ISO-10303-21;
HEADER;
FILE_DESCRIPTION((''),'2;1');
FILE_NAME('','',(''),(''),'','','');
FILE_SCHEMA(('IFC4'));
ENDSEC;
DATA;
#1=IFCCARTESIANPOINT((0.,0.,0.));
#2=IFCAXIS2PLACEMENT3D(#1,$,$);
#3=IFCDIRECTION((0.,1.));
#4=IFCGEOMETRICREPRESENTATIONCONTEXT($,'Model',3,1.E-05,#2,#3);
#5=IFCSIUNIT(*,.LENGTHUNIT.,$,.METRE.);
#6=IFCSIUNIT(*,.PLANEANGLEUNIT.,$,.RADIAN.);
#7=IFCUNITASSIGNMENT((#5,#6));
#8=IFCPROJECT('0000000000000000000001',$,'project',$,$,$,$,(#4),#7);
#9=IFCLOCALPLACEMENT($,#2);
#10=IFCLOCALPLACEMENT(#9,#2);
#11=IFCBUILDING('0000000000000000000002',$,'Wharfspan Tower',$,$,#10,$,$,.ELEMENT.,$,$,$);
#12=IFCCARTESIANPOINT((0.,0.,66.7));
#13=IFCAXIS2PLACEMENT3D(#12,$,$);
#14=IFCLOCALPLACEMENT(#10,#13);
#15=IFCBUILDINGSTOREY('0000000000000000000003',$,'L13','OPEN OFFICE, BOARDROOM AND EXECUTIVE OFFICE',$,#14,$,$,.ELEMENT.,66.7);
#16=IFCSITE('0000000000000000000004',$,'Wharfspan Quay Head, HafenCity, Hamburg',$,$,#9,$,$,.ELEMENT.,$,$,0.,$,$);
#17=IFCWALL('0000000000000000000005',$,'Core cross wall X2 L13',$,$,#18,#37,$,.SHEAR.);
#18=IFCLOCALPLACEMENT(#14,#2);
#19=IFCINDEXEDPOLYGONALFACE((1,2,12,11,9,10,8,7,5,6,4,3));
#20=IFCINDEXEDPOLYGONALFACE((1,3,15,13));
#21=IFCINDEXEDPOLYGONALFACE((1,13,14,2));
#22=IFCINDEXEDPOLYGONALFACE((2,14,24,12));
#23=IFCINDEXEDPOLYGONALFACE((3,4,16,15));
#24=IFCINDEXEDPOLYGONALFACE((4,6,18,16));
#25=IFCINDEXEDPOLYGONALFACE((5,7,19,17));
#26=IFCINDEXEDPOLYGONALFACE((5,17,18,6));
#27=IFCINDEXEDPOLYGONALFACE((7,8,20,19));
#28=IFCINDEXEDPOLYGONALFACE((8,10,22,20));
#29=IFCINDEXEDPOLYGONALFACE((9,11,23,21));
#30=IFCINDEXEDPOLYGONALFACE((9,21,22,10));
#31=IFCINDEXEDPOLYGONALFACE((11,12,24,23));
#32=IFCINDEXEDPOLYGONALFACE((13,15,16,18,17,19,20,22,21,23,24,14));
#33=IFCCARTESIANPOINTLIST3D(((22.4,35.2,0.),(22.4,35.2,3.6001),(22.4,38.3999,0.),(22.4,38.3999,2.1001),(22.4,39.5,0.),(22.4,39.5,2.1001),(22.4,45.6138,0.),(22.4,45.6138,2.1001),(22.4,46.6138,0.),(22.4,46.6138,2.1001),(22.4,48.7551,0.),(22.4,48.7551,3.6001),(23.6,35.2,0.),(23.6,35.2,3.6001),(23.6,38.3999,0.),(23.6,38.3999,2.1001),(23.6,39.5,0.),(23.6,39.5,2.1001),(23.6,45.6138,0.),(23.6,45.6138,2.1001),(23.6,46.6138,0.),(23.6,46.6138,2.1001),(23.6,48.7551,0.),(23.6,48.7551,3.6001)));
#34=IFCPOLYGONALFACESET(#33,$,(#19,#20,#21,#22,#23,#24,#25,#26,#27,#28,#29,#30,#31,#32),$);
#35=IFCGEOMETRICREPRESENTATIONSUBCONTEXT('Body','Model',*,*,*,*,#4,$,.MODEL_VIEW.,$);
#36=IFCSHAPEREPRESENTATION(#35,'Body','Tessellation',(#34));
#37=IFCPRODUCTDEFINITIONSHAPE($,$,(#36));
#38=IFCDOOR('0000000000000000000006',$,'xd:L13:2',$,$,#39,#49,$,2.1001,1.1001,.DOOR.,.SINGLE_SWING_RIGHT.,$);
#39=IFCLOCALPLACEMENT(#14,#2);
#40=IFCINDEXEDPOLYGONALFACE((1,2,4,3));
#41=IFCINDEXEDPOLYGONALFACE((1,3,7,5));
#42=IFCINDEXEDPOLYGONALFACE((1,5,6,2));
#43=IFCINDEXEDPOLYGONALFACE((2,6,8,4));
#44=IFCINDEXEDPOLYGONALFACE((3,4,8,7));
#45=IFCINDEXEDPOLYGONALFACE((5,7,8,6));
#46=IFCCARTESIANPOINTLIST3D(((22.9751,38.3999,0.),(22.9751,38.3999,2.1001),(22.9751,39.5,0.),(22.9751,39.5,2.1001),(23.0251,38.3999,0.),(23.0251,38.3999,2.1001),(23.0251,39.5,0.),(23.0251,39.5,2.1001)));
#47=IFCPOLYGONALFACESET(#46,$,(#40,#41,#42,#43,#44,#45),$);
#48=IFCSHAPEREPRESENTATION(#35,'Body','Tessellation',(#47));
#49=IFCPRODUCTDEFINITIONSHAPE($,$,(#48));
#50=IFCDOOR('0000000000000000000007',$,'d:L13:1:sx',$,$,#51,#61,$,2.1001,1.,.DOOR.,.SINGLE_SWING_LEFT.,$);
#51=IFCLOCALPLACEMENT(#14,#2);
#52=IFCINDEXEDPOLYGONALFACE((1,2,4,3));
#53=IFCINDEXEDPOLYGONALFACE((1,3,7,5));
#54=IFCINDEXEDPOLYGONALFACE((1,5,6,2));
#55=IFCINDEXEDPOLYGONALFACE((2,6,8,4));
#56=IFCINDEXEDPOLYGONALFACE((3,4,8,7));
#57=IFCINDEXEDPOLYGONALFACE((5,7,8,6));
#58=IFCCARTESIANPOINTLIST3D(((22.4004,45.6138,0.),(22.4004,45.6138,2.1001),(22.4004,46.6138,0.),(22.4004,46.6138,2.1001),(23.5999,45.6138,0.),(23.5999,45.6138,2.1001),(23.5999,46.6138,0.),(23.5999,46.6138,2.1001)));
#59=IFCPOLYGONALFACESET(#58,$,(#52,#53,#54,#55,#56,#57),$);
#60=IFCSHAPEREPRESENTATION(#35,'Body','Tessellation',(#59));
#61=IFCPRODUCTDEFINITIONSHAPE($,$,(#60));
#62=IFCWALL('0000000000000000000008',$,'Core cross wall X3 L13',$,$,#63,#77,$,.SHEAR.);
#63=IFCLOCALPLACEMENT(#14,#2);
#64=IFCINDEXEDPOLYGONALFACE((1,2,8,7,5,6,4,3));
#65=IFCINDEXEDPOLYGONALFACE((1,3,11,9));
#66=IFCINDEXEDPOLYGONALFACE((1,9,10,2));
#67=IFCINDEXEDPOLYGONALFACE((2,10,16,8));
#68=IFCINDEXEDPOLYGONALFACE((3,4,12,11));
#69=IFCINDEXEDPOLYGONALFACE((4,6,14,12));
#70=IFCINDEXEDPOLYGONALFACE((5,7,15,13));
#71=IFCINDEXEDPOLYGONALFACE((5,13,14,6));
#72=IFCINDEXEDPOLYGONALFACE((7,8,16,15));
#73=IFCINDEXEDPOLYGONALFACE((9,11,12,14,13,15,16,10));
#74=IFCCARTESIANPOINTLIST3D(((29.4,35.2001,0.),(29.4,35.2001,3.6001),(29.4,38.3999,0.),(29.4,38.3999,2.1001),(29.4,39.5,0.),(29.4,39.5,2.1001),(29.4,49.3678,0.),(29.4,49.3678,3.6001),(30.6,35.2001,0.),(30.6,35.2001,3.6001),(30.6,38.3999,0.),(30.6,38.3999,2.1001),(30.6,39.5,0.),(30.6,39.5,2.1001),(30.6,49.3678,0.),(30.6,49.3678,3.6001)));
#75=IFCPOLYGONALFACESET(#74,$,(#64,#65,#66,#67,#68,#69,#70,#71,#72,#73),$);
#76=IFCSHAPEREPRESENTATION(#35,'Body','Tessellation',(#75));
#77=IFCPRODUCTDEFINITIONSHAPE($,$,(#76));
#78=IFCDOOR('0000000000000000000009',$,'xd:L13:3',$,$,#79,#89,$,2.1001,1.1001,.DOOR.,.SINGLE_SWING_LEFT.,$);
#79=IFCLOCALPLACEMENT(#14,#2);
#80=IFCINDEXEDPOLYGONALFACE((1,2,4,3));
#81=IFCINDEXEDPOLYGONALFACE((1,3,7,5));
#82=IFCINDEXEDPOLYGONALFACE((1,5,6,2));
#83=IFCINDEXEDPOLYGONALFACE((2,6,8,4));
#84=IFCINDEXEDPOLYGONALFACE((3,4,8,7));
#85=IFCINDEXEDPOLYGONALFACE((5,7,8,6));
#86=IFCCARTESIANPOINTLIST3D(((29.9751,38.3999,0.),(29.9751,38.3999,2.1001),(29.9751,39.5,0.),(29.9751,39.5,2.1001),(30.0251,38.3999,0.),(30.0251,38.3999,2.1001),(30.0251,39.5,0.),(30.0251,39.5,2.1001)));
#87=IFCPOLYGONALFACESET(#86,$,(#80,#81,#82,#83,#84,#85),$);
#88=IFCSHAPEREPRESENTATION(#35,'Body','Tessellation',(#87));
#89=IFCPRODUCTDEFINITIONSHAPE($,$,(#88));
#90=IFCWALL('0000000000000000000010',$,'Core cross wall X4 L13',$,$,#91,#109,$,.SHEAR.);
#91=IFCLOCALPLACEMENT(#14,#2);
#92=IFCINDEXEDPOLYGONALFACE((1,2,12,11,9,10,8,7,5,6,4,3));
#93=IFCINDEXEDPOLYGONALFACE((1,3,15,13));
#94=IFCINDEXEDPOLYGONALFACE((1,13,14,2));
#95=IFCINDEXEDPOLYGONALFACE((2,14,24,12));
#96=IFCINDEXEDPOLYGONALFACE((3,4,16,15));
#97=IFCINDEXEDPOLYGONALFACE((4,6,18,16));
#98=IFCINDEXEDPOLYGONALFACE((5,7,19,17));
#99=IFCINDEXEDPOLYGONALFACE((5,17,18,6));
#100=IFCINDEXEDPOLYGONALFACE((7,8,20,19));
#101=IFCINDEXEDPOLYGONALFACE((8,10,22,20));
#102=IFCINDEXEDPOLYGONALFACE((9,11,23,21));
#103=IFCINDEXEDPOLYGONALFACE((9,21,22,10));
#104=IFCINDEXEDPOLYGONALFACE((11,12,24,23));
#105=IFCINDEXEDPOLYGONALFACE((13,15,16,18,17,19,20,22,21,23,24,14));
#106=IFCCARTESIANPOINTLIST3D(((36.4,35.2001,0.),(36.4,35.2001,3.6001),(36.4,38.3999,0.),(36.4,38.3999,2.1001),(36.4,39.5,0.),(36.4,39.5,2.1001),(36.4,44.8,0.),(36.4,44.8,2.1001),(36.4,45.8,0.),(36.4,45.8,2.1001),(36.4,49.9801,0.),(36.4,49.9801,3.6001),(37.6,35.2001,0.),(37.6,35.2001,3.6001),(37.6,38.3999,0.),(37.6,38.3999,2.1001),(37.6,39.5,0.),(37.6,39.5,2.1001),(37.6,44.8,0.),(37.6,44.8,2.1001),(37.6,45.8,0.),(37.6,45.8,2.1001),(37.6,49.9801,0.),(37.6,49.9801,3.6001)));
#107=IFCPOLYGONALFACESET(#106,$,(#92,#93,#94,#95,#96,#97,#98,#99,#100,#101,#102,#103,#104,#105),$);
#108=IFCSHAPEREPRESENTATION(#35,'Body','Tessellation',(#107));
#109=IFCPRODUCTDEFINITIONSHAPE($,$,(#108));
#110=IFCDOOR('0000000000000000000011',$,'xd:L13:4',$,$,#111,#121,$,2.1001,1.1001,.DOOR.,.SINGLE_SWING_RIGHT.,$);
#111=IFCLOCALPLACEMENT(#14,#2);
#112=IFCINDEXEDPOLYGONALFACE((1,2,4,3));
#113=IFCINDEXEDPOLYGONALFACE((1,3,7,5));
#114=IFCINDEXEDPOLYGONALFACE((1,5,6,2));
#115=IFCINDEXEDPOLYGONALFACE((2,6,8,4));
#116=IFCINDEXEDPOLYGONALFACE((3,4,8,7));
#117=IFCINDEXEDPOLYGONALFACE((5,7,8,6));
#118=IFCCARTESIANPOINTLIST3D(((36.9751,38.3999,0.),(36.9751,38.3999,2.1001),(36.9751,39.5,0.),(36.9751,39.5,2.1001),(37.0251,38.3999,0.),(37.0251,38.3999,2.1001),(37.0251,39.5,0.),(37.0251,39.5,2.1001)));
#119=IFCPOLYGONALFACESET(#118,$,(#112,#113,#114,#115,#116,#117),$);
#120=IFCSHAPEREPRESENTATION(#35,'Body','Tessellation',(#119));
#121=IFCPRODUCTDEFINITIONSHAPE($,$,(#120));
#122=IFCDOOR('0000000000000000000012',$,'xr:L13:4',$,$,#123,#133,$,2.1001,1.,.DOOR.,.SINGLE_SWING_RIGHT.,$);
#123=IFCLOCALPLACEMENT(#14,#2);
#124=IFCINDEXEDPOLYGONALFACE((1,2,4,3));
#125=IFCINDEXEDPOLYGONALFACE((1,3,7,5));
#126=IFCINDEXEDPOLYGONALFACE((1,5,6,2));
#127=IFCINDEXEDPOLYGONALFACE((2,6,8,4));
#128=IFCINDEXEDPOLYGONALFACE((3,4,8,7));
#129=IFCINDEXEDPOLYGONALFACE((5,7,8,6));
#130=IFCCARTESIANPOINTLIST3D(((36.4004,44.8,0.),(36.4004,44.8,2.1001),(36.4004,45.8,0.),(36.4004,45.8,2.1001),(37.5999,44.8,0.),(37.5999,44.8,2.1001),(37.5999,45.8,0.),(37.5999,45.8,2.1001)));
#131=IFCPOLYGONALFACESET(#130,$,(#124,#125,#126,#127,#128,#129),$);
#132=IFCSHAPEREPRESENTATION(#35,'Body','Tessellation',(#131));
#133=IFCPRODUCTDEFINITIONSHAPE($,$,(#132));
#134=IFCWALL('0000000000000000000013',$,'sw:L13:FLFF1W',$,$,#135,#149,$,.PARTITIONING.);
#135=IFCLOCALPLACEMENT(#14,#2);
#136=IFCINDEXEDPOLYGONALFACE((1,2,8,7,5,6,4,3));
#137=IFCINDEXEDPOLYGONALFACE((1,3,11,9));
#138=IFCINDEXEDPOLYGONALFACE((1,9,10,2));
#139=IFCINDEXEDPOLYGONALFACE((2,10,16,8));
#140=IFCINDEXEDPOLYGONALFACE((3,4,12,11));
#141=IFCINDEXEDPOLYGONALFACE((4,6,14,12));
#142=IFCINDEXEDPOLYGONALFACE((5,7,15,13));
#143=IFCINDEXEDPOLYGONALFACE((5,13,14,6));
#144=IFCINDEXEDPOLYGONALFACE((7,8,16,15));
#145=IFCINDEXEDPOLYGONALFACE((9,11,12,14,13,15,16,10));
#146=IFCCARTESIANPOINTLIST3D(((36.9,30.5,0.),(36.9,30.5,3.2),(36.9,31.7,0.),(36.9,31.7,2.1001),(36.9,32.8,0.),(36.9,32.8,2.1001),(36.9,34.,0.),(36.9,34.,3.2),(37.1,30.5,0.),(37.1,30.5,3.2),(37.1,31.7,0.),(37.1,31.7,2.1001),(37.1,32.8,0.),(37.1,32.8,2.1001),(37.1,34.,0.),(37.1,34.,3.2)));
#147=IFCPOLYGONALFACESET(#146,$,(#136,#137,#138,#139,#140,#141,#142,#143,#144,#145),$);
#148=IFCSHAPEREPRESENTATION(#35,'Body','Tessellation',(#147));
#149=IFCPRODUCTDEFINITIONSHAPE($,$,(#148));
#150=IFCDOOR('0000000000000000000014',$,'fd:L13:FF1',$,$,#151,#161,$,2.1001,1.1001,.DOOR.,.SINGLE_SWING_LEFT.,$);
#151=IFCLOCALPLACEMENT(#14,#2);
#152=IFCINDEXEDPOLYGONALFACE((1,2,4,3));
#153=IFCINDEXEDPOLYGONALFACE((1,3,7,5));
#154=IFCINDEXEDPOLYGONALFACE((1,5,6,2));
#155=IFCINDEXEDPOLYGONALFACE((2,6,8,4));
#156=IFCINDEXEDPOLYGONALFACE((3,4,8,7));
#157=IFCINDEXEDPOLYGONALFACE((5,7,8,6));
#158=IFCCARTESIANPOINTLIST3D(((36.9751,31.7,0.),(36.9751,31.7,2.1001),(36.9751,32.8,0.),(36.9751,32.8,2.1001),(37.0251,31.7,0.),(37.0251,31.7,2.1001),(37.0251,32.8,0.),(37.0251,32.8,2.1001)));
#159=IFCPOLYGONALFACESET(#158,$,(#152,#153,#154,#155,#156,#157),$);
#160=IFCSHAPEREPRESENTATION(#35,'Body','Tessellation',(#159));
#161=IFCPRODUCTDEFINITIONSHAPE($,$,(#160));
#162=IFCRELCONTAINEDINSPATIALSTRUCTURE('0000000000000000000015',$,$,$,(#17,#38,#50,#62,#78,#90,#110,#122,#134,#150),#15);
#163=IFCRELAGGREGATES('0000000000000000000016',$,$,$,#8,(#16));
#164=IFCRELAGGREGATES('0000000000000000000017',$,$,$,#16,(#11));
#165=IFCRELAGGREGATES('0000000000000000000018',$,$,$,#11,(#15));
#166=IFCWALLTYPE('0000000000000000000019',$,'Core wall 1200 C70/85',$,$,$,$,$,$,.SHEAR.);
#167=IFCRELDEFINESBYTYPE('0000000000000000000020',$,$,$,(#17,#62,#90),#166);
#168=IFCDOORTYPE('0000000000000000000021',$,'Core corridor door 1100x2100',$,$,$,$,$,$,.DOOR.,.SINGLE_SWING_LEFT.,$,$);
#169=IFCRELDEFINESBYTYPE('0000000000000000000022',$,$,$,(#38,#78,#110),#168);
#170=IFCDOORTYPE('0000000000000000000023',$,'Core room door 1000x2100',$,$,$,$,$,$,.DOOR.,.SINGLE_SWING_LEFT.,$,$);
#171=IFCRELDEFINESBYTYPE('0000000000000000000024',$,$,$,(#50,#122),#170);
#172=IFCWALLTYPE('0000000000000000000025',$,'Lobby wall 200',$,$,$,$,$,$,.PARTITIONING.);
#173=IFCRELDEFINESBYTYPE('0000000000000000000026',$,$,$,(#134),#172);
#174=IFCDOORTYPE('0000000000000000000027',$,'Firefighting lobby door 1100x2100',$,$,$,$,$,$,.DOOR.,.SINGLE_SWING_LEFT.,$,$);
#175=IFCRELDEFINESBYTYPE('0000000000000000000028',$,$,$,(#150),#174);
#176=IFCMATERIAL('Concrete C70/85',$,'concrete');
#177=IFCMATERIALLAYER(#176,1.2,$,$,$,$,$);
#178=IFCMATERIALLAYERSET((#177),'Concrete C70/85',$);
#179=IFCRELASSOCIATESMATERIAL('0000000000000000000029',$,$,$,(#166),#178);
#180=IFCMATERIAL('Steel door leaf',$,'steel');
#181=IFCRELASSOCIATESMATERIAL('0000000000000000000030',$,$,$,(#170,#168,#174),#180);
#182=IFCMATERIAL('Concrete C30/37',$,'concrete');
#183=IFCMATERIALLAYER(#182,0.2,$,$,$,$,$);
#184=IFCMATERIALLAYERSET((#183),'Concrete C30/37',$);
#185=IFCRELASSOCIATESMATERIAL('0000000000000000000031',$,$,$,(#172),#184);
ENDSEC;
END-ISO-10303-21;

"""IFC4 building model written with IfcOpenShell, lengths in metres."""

from ifc_helpers import new_model, si_unit, direction, frame, frame_2d, origin, place, context, subcontext, project, spatial, rectangle, extrude, material, layer, layer_set, type_object, element, fill, save


model = new_model("IFC4")

# Units and contexts
model_context = context("Model", 3, precision=1e-05, world=origin(), true_north=direction((0.0, 1.0)))
body_context = subcontext(model_context, "Body", "Model", "MODEL_VIEW")
ifc_project = project(units=[si_unit("LENGTHUNIT", "METRE"), si_unit("PLANEANGLEUNIT", "RADIAN")], contexts=[model_context])

# Site, building, storey
site_placement = place(None, origin())
site = spatial("IfcSite", under=ifc_project, at=site_placement, Name="Wharfspan Quay Head, HafenCity, Hamburg", CompositionType="ELEMENT", RefElevation=0.0)
building_placement = place(site_placement, origin())
building = spatial("IfcBuilding", under=site, at=building_placement, Name="Wharfspan Tower", CompositionType="ELEMENT")
storey_placement = place(building_placement, frame((0.0, 0.0, 66.7)))
storey = spatial("IfcBuildingStorey", under=building, at=storey_placement, Name="L13", Description="OPEN OFFICE, BOARDROOM AND EXECUTIVE OFFICE", CompositionType="ELEMENT", Elevation=66.7)

# Shared definitions
ifc_material_1 = material(Name="Concrete C70/85", Category="concrete")
ifc_layer_1 = layer(ifc_material_1, 1.2)
ifc_layer_set_1 = layer_set([ifc_layer_1], Name="Concrete C70/85")
wall_type_1 = type_object("IfcWallType", Name="Core wall 1200 C70/85", PredefinedType="SHEAR", material=ifc_layer_set_1)
ifc_material_2 = material(Name="Steel door leaf", Category="steel")
door_type_1 = type_object("IfcDoorType", Name="Core room door 1000x2100", OperationType="SINGLE_SWING_LEFT", PredefinedType="DOOR", material=ifc_material_2)

# Wall, openings, doors
wall_1_placement = place(storey_placement, frame((23.0, 35.2, 0.0), z_axis=(0.0, 0.0, 1.0), x_axis=(0.0, 1.0, 0.0)))
wall_1 = element("IfcWall", 1, at=wall_1_placement, inside=storey, type_object=wall_type_1, Name="Core cross wall X2 L13", PredefinedType="SHEAR", context=body_context, shape_type="SweptSolid", body=[
    extrude(rectangle(XDim=13.5552, YDim=1.2, at=frame_2d((6.7776, 0.0))), origin(), (0.0, 0.0, 1.0), 3.6001),
])
opening_1_placement = place(wall_1_placement, frame((10.4138, 0.0, 0.0)))
opening_1 = element("IfcOpeningElement", 2, at=opening_1_placement, cuts=wall_1, PredefinedType="OPENING", context=body_context, shape_type="SweptSolid", body=[
    extrude(rectangle(XDim=1.0, YDim=2.1001, at=frame_2d((0.5, 1.05))), frame((0.0, 0.6099, 0.0), z_axis=(0.0, -1.0, 0.0), x_axis=(1.0, 0.0, 0.0)), (0.0, 0.0, 1.0), 1.22),
])
opening_2_placement = place(wall_1_placement, frame((3.2, 0.0, 0.0)))
opening_2 = element("IfcOpeningElement", 3, at=opening_2_placement, cuts=wall_1, PredefinedType="OPENING", context=body_context, shape_type="SweptSolid", body=[
    extrude(rectangle(XDim=1.1001, YDim=2.1001, at=frame_2d((0.55, 1.05))), frame((0.0, 0.6099, 0.0), z_axis=(0.0, -1.0, 0.0), x_axis=(1.0, 0.0, 0.0)), (0.0, 0.0, 1.0), 1.22),
])
door_type_2 = type_object("IfcDoorType", Name="Core corridor door 1100x2100", OperationType="SINGLE_SWING_LEFT", PredefinedType="DOOR", material=ifc_material_2)
door_1_placement = place(opening_2_placement, origin())
door_1 = element("IfcDoor", 4, at=door_1_placement, inside=storey, type_object=door_type_2, Name="xd:L13:2", OperationType="SINGLE_SWING_RIGHT", OverallHeight=2.1001, OverallWidth=1.1001, PredefinedType="DOOR", context=body_context, shape_type="SweptSolid", body=[
    extrude(rectangle(XDim=1.1001, YDim=2.1001, at=frame_2d((0.55, 1.05))), frame((0.0, 0.0249, 0.0), z_axis=(0.0, -1.0, 0.0), x_axis=(1.0, 0.0, 0.0)), (0.0, 0.0, 1.0), 0.05),
])
fill(opening_2, door_1)
door_2_placement = place(opening_1_placement, origin())
door_2 = element("IfcDoor", 5, at=door_2_placement, inside=storey, type_object=door_type_1, Name="d:L13:1:sx", OperationType="SINGLE_SWING_LEFT", OverallHeight=2.1001, OverallWidth=1.0, PredefinedType="DOOR", context=body_context, shape_type="SweptSolid", body=[
    extrude(rectangle(XDim=1.0, YDim=2.1001, at=frame_2d((0.5, 1.05))), frame((0.0, 0.5996, 0.0), z_axis=(0.0, -1.0, 0.0), x_axis=(1.0, 0.0, 0.0)), (0.0, 0.0, 1.0), 1.1995),
])
fill(opening_1, door_2)

# Wall, opening, door
wall_2_placement = place(storey_placement, frame((30.0, 35.2, 0.0), z_axis=(0.0, 0.0, 1.0), x_axis=(0.0, 1.0, 0.0)))
wall_2 = element("IfcWall", 6, at=wall_2_placement, inside=storey, type_object=wall_type_1, Name="Core cross wall X3 L13", PredefinedType="SHEAR", context=body_context, shape_type="SweptSolid", body=[
    extrude(rectangle(XDim=14.1677, YDim=1.2, at=frame_2d((7.084, 0.0))), origin(), (0.0, 0.0, 1.0), 3.6001),
])
opening_3_placement = place(wall_2_placement, frame((3.2, 0.0, 0.0)))
opening_3 = element("IfcOpeningElement", 7, at=opening_3_placement, cuts=wall_2, PredefinedType="OPENING", context=body_context, shape_type="SweptSolid", body=[
    extrude(rectangle(XDim=1.1001, YDim=2.1001, at=frame_2d((0.55, 1.05))), frame((0.0, 0.6099, 0.0), z_axis=(0.0, -1.0, 0.0), x_axis=(1.0, 0.0, 0.0)), (0.0, 0.0, 1.0), 1.22),
])
door_3_placement = place(opening_3_placement, origin())
door_3 = element("IfcDoor", 8, at=door_3_placement, inside=storey, type_object=door_type_2, Name="xd:L13:3", OperationType="SINGLE_SWING_LEFT", OverallHeight=2.1001, OverallWidth=1.1001, PredefinedType="DOOR", context=body_context, shape_type="SweptSolid", body=[
    extrude(rectangle(XDim=1.1001, YDim=2.1001, at=frame_2d((0.55, 1.05))), frame((0.0, 0.0249, 0.0), z_axis=(0.0, -1.0, 0.0), x_axis=(1.0, 0.0, 0.0)), (0.0, 0.0, 1.0), 0.05),
])
fill(opening_3, door_3)

# Wall, openings, doors
wall_3_placement = place(storey_placement, frame((37.0, 35.2, 0.0), z_axis=(0.0, 0.0, 1.0), x_axis=(0.0, 1.0, 0.0)))
wall_3 = element("IfcWall", 9, at=wall_3_placement, inside=storey, type_object=wall_type_1, Name="Core cross wall X4 L13", PredefinedType="SHEAR", context=body_context, shape_type="SweptSolid", body=[
    extrude(rectangle(XDim=14.78, YDim=1.2, at=frame_2d((7.3901, 0.0))), origin(), (0.0, 0.0, 1.0), 3.6001),
])
opening_4_placement = place(wall_3_placement, frame((3.2, 0.0, 0.0)))
opening_4 = element("IfcOpeningElement", 10, at=opening_4_placement, cuts=wall_3, PredefinedType="OPENING", context=body_context, shape_type="SweptSolid", body=[
    extrude(rectangle(XDim=1.1001, YDim=2.1001, at=frame_2d((0.55, 1.05))), frame((0.0, 0.6099, 0.0), z_axis=(0.0, -1.0, 0.0), x_axis=(1.0, 0.0, 0.0)), (0.0, 0.0, 1.0), 1.22),
])
opening_5_placement = place(wall_3_placement, frame((9.6001, 0.0, 0.0)))
opening_5 = element("IfcOpeningElement", 11, at=opening_5_placement, cuts=wall_3, PredefinedType="OPENING", context=body_context, shape_type="SweptSolid", body=[
    extrude(rectangle(XDim=1.0, YDim=2.1001, at=frame_2d((0.5, 1.05))), frame((0.0, 0.6099, 0.0), z_axis=(0.0, -1.0, 0.0), x_axis=(1.0, 0.0, 0.0)), (0.0, 0.0, 1.0), 1.22),
])
door_4_placement = place(opening_4_placement, origin())
door_4 = element("IfcDoor", 12, at=door_4_placement, inside=storey, type_object=door_type_2, Name="xd:L13:4", OperationType="SINGLE_SWING_RIGHT", OverallHeight=2.1001, OverallWidth=1.1001, PredefinedType="DOOR", context=body_context, shape_type="SweptSolid", body=[
    extrude(rectangle(XDim=1.1001, YDim=2.1001, at=frame_2d((0.55, 1.05))), frame((0.0, 0.0249, 0.0), z_axis=(0.0, -1.0, 0.0), x_axis=(1.0, 0.0, 0.0)), (0.0, 0.0, 1.0), 0.05),
])
fill(opening_4, door_4)
door_5_placement = place(opening_5_placement, origin())
door_5 = element("IfcDoor", 13, at=door_5_placement, inside=storey, type_object=door_type_1, Name="xr:L13:4", OperationType="SINGLE_SWING_RIGHT", OverallHeight=2.1001, OverallWidth=1.0, PredefinedType="DOOR", context=body_context, shape_type="SweptSolid", body=[
    extrude(rectangle(XDim=1.0, YDim=2.1001, at=frame_2d((0.5, 1.05))), frame((0.0, 0.5996, 0.0), z_axis=(0.0, -1.0, 0.0), x_axis=(1.0, 0.0, 0.0)), (0.0, 0.0, 1.0), 1.1995),
])
fill(opening_5, door_5)

# Wall, opening, door
ifc_material_3 = material(Name="Concrete C30/37", Category="concrete")
ifc_layer_2 = layer(ifc_material_3, 0.2)
ifc_layer_set_2 = layer_set([ifc_layer_2], Name="Concrete C30/37")
wall_type_2 = type_object("IfcWallType", Name="Lobby wall 200", PredefinedType="PARTITIONING", material=ifc_layer_set_2)
wall_4_placement = place(storey_placement, frame((37.0, 30.5, 0.0), z_axis=(0.0, 0.0, 1.0), x_axis=(0.0, 1.0, 0.0)))
wall_4 = element("IfcWall", 14, at=wall_4_placement, inside=storey, type_object=wall_type_2, Name="sw:L13:FLFF1W", PredefinedType="PARTITIONING", context=body_context, shape_type="SweptSolid", body=[
    extrude(rectangle(XDim=3.5, YDim=0.2, at=frame_2d((1.75, 0.0))), origin(), (0.0, 0.0, 1.0), 3.2),
])
opening_6_placement = place(wall_4_placement, frame((1.2, 0.0, 0.0)))
opening_6 = element("IfcOpeningElement", 15, at=opening_6_placement, cuts=wall_4, PredefinedType="OPENING", context=body_context, shape_type="SweptSolid", body=[
    extrude(rectangle(XDim=1.1001, YDim=2.1001, at=frame_2d((0.55, 1.05))), frame((0.0, 0.1099, 0.0), z_axis=(0.0, -1.0, 0.0), x_axis=(1.0, 0.0, 0.0)), (0.0, 0.0, 1.0), 0.22),
])
door_type_3 = type_object("IfcDoorType", Name="Firefighting lobby door 1100x2100", OperationType="SINGLE_SWING_LEFT", PredefinedType="DOOR", material=ifc_material_2)
door_6_placement = place(opening_6_placement, origin())
door_6 = element("IfcDoor", 16, at=door_6_placement, inside=storey, type_object=door_type_3, Name="fd:L13:FF1", OperationType="SINGLE_SWING_LEFT", OverallHeight=2.1001, OverallWidth=1.1001, PredefinedType="DOOR", context=body_context, shape_type="SweptSolid", body=[
    extrude(rectangle(XDim=1.1001, YDim=2.1001, at=frame_2d((0.55, 1.05))), frame((0.0, 0.0249, 0.0), z_axis=(0.0, -1.0, 0.0), x_axis=(1.0, 0.0, 0.0)), (0.0, 0.0, 1.0), 0.05),
])
fill(opening_6, door_6)

save(model, "model.ifc")
